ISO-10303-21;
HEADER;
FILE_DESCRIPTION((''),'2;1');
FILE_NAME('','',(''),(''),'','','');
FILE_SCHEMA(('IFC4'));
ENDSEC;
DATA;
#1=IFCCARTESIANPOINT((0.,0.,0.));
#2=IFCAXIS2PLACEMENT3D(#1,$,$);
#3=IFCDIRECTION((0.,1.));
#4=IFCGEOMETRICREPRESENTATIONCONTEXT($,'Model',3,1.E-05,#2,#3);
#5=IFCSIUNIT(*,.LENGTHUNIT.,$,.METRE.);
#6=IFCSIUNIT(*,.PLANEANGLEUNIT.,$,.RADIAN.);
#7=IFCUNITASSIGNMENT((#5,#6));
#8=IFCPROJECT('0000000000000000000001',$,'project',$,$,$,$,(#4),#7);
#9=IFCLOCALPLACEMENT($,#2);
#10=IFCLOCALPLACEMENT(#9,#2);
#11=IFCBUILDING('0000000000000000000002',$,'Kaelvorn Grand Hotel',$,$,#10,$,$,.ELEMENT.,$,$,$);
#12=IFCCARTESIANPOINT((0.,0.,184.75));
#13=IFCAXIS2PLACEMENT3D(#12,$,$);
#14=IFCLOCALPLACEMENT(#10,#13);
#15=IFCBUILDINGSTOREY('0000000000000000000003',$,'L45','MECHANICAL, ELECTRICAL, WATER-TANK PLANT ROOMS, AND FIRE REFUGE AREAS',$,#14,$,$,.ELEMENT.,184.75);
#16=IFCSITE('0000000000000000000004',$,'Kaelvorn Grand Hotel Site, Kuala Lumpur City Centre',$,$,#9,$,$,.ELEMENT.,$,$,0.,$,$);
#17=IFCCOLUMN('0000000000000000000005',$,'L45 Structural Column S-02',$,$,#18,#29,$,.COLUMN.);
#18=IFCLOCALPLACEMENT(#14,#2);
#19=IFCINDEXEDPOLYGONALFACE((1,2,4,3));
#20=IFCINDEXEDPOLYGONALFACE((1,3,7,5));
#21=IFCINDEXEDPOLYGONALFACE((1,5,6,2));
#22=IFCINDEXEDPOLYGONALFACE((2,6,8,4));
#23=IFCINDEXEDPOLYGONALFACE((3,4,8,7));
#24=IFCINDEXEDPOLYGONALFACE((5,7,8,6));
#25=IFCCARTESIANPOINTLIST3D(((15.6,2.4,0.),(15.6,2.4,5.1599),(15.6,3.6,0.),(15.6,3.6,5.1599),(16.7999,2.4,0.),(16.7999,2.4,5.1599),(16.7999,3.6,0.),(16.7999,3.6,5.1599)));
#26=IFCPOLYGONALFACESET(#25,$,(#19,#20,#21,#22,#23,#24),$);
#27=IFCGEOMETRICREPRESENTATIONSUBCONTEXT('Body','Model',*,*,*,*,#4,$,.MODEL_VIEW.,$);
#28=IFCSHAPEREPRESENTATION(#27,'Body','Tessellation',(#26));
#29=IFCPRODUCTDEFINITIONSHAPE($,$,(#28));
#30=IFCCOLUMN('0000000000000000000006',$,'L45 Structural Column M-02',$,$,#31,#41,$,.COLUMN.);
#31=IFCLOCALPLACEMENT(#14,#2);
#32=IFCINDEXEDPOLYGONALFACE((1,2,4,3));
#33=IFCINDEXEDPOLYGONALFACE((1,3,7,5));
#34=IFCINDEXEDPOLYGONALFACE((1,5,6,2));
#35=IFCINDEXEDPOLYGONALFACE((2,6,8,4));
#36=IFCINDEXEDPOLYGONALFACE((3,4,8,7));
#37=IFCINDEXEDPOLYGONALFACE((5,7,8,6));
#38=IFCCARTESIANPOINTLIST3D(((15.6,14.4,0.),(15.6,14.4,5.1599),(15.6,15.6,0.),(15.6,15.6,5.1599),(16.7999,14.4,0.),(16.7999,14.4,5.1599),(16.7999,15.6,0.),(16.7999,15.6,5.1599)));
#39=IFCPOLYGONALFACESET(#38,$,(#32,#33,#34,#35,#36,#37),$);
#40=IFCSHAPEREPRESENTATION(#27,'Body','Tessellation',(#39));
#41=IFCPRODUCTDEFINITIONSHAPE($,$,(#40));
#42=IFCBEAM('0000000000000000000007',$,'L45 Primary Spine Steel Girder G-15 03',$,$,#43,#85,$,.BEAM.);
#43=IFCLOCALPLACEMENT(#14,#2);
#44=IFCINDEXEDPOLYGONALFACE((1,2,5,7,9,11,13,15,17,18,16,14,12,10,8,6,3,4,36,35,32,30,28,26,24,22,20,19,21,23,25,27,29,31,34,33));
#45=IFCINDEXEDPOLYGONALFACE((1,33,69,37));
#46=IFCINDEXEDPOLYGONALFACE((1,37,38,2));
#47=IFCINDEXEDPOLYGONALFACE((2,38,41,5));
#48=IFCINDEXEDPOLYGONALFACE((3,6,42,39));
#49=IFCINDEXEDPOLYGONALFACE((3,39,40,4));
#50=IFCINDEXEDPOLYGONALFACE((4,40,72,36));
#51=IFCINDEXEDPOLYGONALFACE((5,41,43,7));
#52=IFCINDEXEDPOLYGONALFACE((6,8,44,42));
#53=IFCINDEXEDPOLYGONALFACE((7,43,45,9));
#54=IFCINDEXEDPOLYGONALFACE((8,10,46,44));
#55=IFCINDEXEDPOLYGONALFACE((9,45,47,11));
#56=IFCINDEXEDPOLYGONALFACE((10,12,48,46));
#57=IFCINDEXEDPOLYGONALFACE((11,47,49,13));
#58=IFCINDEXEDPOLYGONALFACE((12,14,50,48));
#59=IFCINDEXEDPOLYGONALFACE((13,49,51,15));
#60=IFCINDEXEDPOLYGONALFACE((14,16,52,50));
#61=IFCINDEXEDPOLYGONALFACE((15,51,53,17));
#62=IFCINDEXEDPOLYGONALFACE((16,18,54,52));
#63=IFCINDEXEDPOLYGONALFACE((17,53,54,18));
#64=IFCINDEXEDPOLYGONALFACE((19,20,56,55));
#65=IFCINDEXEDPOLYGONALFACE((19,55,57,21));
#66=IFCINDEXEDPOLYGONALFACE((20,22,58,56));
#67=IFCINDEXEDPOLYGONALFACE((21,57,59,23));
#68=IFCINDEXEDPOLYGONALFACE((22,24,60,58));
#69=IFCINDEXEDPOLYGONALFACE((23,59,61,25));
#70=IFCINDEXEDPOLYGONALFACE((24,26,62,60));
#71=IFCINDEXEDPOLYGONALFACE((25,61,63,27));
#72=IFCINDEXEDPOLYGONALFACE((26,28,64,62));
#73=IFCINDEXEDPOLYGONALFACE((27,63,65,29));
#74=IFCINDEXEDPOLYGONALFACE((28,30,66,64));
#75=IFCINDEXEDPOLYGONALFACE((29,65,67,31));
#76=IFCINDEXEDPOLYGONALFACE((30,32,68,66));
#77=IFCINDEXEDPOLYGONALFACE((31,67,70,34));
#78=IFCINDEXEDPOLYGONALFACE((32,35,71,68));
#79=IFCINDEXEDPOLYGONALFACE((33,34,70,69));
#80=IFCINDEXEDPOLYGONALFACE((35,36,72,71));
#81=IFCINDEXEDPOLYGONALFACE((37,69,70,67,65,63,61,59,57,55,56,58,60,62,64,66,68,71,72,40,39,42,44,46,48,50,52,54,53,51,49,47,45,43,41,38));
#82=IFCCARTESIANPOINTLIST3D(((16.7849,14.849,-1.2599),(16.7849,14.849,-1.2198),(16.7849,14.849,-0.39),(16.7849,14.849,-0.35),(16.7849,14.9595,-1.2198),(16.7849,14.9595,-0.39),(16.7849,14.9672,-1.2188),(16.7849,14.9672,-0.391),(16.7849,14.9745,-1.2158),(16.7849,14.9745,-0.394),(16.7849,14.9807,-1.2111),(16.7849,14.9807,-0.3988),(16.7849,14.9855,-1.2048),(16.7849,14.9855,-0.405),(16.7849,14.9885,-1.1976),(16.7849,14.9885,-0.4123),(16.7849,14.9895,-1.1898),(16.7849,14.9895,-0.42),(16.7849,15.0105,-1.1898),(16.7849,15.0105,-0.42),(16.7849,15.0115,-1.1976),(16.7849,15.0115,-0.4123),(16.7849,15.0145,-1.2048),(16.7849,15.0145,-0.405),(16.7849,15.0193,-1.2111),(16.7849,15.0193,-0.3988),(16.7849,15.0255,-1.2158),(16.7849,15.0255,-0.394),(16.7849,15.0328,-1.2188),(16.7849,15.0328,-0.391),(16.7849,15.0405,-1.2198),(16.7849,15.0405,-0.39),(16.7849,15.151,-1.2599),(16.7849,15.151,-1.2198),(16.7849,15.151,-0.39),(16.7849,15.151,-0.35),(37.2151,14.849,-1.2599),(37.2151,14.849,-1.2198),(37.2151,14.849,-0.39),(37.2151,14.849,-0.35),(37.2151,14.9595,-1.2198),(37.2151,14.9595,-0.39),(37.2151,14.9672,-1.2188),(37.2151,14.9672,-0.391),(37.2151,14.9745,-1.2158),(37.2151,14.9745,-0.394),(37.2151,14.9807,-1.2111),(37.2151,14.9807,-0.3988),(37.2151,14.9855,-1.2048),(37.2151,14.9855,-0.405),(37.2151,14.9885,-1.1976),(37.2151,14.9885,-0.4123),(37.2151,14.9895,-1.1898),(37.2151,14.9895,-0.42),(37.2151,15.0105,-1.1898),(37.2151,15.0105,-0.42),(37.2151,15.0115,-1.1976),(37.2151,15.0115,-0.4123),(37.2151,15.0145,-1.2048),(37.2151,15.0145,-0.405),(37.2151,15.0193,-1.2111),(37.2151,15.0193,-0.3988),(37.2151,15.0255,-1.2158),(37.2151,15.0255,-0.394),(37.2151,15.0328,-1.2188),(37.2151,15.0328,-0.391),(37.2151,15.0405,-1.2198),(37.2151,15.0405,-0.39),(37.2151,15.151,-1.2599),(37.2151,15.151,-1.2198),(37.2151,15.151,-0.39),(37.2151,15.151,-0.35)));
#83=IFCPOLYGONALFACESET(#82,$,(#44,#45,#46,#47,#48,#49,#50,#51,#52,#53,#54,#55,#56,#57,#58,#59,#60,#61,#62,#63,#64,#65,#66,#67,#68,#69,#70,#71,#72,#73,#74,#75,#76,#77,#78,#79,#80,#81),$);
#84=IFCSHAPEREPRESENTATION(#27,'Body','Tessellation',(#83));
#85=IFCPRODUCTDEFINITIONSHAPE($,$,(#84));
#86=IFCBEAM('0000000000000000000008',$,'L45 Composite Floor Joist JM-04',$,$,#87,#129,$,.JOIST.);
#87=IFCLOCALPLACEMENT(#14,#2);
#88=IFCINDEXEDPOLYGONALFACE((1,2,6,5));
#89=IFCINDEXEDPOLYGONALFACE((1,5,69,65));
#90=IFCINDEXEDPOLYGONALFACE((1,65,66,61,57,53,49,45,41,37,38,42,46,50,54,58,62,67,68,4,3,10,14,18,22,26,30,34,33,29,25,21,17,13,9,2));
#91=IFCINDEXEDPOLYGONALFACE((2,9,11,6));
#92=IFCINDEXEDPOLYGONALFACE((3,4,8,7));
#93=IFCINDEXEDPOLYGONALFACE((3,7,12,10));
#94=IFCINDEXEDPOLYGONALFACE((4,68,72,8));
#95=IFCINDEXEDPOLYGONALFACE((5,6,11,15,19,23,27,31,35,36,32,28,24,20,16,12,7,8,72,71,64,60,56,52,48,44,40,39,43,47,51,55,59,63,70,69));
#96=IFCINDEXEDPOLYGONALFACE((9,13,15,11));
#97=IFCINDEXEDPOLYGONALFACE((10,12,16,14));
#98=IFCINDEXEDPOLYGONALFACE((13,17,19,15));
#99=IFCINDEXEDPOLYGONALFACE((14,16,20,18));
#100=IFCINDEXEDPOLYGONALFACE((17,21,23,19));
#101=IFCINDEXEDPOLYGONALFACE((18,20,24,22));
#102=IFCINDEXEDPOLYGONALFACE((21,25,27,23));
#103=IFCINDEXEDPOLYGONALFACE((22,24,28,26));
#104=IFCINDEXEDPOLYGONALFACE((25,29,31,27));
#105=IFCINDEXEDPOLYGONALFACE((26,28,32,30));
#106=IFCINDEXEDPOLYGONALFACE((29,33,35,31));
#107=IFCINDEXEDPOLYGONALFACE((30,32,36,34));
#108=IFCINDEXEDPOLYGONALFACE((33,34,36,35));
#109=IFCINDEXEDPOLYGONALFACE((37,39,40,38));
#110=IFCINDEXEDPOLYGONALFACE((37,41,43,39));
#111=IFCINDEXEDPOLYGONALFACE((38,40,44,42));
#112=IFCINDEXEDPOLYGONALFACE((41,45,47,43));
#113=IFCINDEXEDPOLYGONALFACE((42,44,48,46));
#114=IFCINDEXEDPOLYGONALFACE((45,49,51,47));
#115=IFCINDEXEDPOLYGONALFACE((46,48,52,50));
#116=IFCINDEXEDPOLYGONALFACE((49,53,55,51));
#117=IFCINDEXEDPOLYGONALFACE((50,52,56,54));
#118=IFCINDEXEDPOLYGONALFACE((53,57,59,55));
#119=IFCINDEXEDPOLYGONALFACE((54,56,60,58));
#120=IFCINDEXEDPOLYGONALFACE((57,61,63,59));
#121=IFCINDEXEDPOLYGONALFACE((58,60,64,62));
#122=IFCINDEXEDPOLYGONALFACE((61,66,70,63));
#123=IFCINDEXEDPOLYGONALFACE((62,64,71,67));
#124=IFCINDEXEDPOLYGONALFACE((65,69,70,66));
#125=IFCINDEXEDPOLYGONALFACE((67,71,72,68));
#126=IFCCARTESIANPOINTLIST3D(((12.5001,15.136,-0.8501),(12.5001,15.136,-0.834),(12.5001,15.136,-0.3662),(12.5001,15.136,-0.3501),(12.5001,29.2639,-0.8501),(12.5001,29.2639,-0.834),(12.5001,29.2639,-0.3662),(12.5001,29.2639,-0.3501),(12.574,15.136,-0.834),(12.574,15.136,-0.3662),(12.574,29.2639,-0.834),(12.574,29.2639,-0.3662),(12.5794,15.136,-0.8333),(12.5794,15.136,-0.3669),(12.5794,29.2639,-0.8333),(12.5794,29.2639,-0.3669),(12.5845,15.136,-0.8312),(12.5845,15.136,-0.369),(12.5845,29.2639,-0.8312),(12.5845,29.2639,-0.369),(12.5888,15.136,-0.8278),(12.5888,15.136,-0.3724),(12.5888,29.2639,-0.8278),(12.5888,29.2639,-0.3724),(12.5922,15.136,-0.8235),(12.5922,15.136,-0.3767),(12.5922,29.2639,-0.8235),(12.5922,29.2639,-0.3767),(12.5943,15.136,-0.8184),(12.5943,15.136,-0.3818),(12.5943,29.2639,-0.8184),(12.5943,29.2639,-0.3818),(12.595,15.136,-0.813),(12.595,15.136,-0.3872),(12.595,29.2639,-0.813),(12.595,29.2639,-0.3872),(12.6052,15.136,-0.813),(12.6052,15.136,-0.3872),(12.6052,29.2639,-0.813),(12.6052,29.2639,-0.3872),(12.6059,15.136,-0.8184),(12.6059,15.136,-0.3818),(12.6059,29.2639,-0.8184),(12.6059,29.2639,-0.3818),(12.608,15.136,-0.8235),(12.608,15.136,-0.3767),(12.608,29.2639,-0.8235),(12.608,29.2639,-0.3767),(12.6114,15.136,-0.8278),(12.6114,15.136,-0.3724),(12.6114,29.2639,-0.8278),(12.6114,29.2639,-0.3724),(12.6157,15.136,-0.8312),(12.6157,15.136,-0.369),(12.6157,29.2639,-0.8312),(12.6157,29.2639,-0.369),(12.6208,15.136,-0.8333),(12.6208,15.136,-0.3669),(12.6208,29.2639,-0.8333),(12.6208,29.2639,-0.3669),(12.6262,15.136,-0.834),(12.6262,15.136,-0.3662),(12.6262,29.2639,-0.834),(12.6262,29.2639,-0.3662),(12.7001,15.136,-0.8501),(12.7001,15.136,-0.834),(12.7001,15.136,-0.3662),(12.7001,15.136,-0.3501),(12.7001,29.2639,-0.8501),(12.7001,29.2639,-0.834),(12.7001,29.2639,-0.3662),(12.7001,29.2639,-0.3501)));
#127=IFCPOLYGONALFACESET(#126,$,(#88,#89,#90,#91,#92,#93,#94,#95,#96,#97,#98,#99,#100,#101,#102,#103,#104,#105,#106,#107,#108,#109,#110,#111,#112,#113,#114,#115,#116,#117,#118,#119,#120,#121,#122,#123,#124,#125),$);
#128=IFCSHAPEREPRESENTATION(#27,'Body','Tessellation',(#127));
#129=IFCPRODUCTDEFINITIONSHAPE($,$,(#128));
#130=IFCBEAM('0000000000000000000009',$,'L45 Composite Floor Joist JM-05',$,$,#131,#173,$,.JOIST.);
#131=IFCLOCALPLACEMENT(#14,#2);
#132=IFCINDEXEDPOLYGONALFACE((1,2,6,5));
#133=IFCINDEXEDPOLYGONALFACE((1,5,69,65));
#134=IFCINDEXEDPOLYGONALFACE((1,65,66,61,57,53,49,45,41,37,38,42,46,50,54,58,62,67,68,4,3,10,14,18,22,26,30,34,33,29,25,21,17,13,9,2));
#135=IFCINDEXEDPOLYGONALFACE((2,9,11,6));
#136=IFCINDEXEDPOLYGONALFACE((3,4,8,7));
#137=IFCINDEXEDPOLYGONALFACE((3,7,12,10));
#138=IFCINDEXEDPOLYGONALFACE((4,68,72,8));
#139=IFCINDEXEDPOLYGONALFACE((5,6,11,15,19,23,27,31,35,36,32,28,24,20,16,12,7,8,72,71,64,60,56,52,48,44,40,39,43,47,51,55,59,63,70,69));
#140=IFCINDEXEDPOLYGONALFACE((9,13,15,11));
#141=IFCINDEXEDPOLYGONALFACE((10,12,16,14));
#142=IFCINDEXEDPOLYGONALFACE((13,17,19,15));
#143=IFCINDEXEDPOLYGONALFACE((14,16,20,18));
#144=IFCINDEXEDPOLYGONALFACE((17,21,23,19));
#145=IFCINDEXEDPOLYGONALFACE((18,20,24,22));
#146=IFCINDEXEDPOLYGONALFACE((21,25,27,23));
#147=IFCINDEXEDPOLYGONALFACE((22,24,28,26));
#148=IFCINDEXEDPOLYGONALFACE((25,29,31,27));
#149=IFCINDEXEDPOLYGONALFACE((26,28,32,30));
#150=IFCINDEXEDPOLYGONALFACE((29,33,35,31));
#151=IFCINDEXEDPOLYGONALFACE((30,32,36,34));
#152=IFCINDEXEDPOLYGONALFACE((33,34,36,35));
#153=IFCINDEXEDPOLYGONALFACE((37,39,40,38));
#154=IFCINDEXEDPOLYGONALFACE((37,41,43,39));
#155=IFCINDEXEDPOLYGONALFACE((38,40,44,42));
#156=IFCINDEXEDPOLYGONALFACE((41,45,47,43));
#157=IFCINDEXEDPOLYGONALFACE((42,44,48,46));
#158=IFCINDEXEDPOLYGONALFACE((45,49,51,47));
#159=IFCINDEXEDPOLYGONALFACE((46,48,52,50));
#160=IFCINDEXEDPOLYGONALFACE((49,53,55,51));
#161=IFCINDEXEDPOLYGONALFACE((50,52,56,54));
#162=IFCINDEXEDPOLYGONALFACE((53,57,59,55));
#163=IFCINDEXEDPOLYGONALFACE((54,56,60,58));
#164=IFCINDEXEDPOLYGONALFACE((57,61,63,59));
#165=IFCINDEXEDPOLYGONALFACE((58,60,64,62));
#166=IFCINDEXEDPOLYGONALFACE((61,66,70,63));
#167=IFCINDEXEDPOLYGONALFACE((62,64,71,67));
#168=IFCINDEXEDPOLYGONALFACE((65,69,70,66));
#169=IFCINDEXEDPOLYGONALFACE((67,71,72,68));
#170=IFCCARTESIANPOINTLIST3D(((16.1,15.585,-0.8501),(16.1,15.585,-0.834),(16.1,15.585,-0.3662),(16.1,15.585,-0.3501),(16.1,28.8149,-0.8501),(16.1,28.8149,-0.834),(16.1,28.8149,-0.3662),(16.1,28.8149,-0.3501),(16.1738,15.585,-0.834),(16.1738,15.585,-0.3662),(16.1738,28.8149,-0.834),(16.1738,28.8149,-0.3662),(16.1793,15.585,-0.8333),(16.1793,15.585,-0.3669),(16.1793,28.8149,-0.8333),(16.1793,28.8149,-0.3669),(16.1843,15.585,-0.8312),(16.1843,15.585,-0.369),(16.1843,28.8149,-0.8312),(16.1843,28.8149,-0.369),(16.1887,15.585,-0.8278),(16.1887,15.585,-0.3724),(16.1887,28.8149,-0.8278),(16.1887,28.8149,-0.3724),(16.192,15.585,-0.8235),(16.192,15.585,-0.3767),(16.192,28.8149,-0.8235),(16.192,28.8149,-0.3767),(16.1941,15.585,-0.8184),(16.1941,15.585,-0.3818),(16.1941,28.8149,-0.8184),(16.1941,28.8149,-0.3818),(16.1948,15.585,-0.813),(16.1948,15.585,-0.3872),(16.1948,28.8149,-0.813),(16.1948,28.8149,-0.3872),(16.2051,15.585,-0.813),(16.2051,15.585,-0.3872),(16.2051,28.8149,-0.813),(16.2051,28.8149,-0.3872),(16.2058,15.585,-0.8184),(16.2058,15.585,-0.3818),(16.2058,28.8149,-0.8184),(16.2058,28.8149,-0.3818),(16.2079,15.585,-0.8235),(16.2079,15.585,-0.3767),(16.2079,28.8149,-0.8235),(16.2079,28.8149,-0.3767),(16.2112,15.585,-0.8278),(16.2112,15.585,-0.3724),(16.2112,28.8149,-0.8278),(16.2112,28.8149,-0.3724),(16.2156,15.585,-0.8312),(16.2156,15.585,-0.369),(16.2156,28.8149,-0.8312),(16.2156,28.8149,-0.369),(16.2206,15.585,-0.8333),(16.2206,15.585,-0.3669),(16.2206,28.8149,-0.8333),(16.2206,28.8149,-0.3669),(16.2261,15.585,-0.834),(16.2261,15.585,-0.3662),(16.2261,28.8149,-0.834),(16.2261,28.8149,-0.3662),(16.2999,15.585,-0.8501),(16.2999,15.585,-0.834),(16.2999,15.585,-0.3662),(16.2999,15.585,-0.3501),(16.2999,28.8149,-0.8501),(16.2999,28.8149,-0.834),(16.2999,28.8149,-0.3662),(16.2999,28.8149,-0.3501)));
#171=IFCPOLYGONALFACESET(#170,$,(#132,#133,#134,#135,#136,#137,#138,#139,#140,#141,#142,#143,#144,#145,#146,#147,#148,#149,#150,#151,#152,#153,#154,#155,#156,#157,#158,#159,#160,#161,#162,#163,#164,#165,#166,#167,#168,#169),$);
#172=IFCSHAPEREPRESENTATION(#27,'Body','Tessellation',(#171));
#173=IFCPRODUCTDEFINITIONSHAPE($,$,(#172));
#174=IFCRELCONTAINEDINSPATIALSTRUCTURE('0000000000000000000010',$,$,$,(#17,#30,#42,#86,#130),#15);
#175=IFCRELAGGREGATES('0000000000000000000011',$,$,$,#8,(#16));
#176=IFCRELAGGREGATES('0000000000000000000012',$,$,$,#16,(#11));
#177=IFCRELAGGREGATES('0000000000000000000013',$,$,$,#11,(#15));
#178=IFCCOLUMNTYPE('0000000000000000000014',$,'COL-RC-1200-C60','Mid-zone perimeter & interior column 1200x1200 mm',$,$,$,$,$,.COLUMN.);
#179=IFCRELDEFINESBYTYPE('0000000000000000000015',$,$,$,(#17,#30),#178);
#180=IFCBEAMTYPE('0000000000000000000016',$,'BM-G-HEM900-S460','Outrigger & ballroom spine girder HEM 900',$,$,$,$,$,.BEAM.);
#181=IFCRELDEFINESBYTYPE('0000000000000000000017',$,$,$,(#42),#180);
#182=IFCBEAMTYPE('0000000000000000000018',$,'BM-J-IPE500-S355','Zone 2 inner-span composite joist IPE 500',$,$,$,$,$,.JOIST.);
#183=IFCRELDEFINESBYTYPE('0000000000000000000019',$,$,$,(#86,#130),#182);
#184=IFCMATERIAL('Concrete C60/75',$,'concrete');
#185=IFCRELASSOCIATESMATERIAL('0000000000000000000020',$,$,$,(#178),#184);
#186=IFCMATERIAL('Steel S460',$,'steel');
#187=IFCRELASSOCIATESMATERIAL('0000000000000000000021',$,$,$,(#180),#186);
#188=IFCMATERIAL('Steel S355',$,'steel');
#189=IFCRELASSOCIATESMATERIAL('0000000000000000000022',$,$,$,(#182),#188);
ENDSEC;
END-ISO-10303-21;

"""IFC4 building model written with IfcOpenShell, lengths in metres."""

from ifc_helpers import new_model, si_unit, direction, frame, origin, origin_2d, place, context, subcontext, project, spatial, rectangle, i_section, extrude, material, material_profile, profile_set, type_object, element, save


model = new_model("IFC4")

# Units and contexts
model_context = context("Model", 3, precision=1e-05, world=origin(), true_north=direction((0.0, 1.0)))
body_context = subcontext(model_context, "Body", "Model", "MODEL_VIEW")
ifc_project = project(units=[si_unit("LENGTHUNIT", "METRE"), si_unit("PLANEANGLEUNIT", "RADIAN")], contexts=[model_context])

# Site, building, storey
site_placement = place(None, origin())
site = spatial("IfcSite", under=ifc_project, at=site_placement, Name="Kaelvorn Grand Hotel Site, Kuala Lumpur City Centre", CompositionType="ELEMENT", RefElevation=0.0)
building_placement = place(site_placement, origin())
building = spatial("IfcBuilding", under=site, at=building_placement, Name="Kaelvorn Grand Hotel", CompositionType="ELEMENT")
storey_placement = place(building_placement, frame((0.0, 0.0, 184.75)))
storey = spatial("IfcBuildingStorey", under=building, at=storey_placement, Name="L45", Description="MECHANICAL, ELECTRICAL, WATER-TANK PLANT ROOMS, AND FIRE REFUGE AREAS", CompositionType="ELEMENT", Elevation=184.75)

# Columns
ifc_material_1 = material(Name="Concrete C60/75", Category="concrete")
ifc_material_profile_1 = material_profile(ifc_material_1, rectangle(XDim=1.2, YDim=1.2, at=origin_2d()), Name="RC COL 1200x1200")
ifc_profile_set_1 = profile_set([ifc_material_profile_1], Name="Concrete C60/75")
column_type = type_object("IfcColumnType", Name="COL-RC-1200-C60", Description="Mid-zone perimeter & interior column 1200x1200 mm", PredefinedType="COLUMN", material=ifc_profile_set_1)
for number, where, z_axis, x_axis, name in (
    (1, (16.2, 3.0, 0.0), (0.0, 0.0, 1.0), (1.0, 0.0, 0.0), "L45 Structural Column S-02"),
    (2, (16.2, 15.0, 0.0), (0.0, 0.0, 1.0), (1.0, 0.0, 0.0), "L45 Structural Column M-02"),
):
    element("IfcColumn", number, at=place(storey_placement, frame(where, z_axis=z_axis, x_axis=x_axis)), inside=storey, type_object=column_type, Name=name, PredefinedType="COLUMN", context=body_context, shape_type="SweptSolid", body=[
        extrude(rectangle(XDim=1.2, YDim=1.2, at=origin_2d()), origin(), (0.0, 0.0, 1.0), 5.1599),
    ])

# Beams
ifc_material_2 = material(Name="Steel S460", Category="steel")
ifc_material_profile_2 = material_profile(ifc_material_2, i_section(OverallWidth=0.302, OverallDepth=0.9099, WebThickness=0.021, FlangeThickness=0.04, FilletRadius=0.03, at=origin_2d()), Name="HEM 900")
ifc_profile_set_2 = profile_set([ifc_material_profile_2], Name="Steel S460")
beam_type_1 = type_object("IfcBeamType", Name="BM-G-HEM900-S460", Description="Outrigger & ballroom spine girder HEM 900", PredefinedType="BEAM", material=ifc_profile_set_2)
beam_1_placement = place(storey_placement, frame((16.7849, 15.0, -0.8049), z_axis=(1.0, 0.0, 0.0), x_axis=(0.0, 1.0, 0.0)))
element("IfcBeam", 3, at=beam_1_placement, inside=storey, type_object=beam_type_1, Name="L45 Primary Spine Steel Girder G-15 03", PredefinedType="BEAM", context=body_context, shape_type="SweptSolid", body=[
    extrude(i_section(OverallWidth=0.302, OverallDepth=0.9099, WebThickness=0.021, FlangeThickness=0.04, FilletRadius=0.03, at=origin_2d()), origin(), (0.0, 0.0, 1.0), 20.4302),
])
ifc_material_3 = material(Name="Steel S355", Category="steel")
ifc_material_profile_3 = material_profile(ifc_material_3, i_section(OverallWidth=0.2, OverallDepth=0.5, WebThickness=0.0103, FlangeThickness=0.0161, FilletRadius=0.021, at=origin_2d()), Name="IPE 500")
ifc_profile_set_3 = profile_set([ifc_material_profile_3], Name="Steel S355")
beam_type_2 = type_object("IfcBeamType", Name="BM-J-IPE500-S355", Description="Zone 2 inner-span composite joist IPE 500", PredefinedType="JOIST", material=ifc_profile_set_3)
beam_2_placement = place(storey_placement, frame((12.6001, 15.136, -0.6001), z_axis=(0.0, 1.0, 0.0), x_axis=(-1.0, 0.0, 0.0)))
element("IfcBeam", 4, at=beam_2_placement, inside=storey, type_object=beam_type_2, Name="L45 Composite Floor Joist JM-04", PredefinedType="JOIST", context=body_context, shape_type="SweptSolid", body=[
    extrude(i_section(OverallWidth=0.2, OverallDepth=0.5, WebThickness=0.0103, FlangeThickness=0.0161, FilletRadius=0.021, at=origin_2d()), origin(), (0.0, 0.0, 1.0), 14.1279),
])
beam_3_placement = place(storey_placement, frame((16.2, 15.585, -0.6001), z_axis=(0.0, 1.0, 0.0), x_axis=(-1.0, 0.0, 0.0)))
element("IfcBeam", 5, at=beam_3_placement, inside=storey, type_object=beam_type_2, Name="L45 Composite Floor Joist JM-05", PredefinedType="JOIST", context=body_context, shape_type="SweptSolid", body=[
    extrude(i_section(OverallWidth=0.2, OverallDepth=0.5, WebThickness=0.0103, FlangeThickness=0.0161, FilletRadius=0.021, at=origin_2d()), origin(), (0.0, 0.0, 1.0), 13.23),
])

save(model, "model.ifc")
